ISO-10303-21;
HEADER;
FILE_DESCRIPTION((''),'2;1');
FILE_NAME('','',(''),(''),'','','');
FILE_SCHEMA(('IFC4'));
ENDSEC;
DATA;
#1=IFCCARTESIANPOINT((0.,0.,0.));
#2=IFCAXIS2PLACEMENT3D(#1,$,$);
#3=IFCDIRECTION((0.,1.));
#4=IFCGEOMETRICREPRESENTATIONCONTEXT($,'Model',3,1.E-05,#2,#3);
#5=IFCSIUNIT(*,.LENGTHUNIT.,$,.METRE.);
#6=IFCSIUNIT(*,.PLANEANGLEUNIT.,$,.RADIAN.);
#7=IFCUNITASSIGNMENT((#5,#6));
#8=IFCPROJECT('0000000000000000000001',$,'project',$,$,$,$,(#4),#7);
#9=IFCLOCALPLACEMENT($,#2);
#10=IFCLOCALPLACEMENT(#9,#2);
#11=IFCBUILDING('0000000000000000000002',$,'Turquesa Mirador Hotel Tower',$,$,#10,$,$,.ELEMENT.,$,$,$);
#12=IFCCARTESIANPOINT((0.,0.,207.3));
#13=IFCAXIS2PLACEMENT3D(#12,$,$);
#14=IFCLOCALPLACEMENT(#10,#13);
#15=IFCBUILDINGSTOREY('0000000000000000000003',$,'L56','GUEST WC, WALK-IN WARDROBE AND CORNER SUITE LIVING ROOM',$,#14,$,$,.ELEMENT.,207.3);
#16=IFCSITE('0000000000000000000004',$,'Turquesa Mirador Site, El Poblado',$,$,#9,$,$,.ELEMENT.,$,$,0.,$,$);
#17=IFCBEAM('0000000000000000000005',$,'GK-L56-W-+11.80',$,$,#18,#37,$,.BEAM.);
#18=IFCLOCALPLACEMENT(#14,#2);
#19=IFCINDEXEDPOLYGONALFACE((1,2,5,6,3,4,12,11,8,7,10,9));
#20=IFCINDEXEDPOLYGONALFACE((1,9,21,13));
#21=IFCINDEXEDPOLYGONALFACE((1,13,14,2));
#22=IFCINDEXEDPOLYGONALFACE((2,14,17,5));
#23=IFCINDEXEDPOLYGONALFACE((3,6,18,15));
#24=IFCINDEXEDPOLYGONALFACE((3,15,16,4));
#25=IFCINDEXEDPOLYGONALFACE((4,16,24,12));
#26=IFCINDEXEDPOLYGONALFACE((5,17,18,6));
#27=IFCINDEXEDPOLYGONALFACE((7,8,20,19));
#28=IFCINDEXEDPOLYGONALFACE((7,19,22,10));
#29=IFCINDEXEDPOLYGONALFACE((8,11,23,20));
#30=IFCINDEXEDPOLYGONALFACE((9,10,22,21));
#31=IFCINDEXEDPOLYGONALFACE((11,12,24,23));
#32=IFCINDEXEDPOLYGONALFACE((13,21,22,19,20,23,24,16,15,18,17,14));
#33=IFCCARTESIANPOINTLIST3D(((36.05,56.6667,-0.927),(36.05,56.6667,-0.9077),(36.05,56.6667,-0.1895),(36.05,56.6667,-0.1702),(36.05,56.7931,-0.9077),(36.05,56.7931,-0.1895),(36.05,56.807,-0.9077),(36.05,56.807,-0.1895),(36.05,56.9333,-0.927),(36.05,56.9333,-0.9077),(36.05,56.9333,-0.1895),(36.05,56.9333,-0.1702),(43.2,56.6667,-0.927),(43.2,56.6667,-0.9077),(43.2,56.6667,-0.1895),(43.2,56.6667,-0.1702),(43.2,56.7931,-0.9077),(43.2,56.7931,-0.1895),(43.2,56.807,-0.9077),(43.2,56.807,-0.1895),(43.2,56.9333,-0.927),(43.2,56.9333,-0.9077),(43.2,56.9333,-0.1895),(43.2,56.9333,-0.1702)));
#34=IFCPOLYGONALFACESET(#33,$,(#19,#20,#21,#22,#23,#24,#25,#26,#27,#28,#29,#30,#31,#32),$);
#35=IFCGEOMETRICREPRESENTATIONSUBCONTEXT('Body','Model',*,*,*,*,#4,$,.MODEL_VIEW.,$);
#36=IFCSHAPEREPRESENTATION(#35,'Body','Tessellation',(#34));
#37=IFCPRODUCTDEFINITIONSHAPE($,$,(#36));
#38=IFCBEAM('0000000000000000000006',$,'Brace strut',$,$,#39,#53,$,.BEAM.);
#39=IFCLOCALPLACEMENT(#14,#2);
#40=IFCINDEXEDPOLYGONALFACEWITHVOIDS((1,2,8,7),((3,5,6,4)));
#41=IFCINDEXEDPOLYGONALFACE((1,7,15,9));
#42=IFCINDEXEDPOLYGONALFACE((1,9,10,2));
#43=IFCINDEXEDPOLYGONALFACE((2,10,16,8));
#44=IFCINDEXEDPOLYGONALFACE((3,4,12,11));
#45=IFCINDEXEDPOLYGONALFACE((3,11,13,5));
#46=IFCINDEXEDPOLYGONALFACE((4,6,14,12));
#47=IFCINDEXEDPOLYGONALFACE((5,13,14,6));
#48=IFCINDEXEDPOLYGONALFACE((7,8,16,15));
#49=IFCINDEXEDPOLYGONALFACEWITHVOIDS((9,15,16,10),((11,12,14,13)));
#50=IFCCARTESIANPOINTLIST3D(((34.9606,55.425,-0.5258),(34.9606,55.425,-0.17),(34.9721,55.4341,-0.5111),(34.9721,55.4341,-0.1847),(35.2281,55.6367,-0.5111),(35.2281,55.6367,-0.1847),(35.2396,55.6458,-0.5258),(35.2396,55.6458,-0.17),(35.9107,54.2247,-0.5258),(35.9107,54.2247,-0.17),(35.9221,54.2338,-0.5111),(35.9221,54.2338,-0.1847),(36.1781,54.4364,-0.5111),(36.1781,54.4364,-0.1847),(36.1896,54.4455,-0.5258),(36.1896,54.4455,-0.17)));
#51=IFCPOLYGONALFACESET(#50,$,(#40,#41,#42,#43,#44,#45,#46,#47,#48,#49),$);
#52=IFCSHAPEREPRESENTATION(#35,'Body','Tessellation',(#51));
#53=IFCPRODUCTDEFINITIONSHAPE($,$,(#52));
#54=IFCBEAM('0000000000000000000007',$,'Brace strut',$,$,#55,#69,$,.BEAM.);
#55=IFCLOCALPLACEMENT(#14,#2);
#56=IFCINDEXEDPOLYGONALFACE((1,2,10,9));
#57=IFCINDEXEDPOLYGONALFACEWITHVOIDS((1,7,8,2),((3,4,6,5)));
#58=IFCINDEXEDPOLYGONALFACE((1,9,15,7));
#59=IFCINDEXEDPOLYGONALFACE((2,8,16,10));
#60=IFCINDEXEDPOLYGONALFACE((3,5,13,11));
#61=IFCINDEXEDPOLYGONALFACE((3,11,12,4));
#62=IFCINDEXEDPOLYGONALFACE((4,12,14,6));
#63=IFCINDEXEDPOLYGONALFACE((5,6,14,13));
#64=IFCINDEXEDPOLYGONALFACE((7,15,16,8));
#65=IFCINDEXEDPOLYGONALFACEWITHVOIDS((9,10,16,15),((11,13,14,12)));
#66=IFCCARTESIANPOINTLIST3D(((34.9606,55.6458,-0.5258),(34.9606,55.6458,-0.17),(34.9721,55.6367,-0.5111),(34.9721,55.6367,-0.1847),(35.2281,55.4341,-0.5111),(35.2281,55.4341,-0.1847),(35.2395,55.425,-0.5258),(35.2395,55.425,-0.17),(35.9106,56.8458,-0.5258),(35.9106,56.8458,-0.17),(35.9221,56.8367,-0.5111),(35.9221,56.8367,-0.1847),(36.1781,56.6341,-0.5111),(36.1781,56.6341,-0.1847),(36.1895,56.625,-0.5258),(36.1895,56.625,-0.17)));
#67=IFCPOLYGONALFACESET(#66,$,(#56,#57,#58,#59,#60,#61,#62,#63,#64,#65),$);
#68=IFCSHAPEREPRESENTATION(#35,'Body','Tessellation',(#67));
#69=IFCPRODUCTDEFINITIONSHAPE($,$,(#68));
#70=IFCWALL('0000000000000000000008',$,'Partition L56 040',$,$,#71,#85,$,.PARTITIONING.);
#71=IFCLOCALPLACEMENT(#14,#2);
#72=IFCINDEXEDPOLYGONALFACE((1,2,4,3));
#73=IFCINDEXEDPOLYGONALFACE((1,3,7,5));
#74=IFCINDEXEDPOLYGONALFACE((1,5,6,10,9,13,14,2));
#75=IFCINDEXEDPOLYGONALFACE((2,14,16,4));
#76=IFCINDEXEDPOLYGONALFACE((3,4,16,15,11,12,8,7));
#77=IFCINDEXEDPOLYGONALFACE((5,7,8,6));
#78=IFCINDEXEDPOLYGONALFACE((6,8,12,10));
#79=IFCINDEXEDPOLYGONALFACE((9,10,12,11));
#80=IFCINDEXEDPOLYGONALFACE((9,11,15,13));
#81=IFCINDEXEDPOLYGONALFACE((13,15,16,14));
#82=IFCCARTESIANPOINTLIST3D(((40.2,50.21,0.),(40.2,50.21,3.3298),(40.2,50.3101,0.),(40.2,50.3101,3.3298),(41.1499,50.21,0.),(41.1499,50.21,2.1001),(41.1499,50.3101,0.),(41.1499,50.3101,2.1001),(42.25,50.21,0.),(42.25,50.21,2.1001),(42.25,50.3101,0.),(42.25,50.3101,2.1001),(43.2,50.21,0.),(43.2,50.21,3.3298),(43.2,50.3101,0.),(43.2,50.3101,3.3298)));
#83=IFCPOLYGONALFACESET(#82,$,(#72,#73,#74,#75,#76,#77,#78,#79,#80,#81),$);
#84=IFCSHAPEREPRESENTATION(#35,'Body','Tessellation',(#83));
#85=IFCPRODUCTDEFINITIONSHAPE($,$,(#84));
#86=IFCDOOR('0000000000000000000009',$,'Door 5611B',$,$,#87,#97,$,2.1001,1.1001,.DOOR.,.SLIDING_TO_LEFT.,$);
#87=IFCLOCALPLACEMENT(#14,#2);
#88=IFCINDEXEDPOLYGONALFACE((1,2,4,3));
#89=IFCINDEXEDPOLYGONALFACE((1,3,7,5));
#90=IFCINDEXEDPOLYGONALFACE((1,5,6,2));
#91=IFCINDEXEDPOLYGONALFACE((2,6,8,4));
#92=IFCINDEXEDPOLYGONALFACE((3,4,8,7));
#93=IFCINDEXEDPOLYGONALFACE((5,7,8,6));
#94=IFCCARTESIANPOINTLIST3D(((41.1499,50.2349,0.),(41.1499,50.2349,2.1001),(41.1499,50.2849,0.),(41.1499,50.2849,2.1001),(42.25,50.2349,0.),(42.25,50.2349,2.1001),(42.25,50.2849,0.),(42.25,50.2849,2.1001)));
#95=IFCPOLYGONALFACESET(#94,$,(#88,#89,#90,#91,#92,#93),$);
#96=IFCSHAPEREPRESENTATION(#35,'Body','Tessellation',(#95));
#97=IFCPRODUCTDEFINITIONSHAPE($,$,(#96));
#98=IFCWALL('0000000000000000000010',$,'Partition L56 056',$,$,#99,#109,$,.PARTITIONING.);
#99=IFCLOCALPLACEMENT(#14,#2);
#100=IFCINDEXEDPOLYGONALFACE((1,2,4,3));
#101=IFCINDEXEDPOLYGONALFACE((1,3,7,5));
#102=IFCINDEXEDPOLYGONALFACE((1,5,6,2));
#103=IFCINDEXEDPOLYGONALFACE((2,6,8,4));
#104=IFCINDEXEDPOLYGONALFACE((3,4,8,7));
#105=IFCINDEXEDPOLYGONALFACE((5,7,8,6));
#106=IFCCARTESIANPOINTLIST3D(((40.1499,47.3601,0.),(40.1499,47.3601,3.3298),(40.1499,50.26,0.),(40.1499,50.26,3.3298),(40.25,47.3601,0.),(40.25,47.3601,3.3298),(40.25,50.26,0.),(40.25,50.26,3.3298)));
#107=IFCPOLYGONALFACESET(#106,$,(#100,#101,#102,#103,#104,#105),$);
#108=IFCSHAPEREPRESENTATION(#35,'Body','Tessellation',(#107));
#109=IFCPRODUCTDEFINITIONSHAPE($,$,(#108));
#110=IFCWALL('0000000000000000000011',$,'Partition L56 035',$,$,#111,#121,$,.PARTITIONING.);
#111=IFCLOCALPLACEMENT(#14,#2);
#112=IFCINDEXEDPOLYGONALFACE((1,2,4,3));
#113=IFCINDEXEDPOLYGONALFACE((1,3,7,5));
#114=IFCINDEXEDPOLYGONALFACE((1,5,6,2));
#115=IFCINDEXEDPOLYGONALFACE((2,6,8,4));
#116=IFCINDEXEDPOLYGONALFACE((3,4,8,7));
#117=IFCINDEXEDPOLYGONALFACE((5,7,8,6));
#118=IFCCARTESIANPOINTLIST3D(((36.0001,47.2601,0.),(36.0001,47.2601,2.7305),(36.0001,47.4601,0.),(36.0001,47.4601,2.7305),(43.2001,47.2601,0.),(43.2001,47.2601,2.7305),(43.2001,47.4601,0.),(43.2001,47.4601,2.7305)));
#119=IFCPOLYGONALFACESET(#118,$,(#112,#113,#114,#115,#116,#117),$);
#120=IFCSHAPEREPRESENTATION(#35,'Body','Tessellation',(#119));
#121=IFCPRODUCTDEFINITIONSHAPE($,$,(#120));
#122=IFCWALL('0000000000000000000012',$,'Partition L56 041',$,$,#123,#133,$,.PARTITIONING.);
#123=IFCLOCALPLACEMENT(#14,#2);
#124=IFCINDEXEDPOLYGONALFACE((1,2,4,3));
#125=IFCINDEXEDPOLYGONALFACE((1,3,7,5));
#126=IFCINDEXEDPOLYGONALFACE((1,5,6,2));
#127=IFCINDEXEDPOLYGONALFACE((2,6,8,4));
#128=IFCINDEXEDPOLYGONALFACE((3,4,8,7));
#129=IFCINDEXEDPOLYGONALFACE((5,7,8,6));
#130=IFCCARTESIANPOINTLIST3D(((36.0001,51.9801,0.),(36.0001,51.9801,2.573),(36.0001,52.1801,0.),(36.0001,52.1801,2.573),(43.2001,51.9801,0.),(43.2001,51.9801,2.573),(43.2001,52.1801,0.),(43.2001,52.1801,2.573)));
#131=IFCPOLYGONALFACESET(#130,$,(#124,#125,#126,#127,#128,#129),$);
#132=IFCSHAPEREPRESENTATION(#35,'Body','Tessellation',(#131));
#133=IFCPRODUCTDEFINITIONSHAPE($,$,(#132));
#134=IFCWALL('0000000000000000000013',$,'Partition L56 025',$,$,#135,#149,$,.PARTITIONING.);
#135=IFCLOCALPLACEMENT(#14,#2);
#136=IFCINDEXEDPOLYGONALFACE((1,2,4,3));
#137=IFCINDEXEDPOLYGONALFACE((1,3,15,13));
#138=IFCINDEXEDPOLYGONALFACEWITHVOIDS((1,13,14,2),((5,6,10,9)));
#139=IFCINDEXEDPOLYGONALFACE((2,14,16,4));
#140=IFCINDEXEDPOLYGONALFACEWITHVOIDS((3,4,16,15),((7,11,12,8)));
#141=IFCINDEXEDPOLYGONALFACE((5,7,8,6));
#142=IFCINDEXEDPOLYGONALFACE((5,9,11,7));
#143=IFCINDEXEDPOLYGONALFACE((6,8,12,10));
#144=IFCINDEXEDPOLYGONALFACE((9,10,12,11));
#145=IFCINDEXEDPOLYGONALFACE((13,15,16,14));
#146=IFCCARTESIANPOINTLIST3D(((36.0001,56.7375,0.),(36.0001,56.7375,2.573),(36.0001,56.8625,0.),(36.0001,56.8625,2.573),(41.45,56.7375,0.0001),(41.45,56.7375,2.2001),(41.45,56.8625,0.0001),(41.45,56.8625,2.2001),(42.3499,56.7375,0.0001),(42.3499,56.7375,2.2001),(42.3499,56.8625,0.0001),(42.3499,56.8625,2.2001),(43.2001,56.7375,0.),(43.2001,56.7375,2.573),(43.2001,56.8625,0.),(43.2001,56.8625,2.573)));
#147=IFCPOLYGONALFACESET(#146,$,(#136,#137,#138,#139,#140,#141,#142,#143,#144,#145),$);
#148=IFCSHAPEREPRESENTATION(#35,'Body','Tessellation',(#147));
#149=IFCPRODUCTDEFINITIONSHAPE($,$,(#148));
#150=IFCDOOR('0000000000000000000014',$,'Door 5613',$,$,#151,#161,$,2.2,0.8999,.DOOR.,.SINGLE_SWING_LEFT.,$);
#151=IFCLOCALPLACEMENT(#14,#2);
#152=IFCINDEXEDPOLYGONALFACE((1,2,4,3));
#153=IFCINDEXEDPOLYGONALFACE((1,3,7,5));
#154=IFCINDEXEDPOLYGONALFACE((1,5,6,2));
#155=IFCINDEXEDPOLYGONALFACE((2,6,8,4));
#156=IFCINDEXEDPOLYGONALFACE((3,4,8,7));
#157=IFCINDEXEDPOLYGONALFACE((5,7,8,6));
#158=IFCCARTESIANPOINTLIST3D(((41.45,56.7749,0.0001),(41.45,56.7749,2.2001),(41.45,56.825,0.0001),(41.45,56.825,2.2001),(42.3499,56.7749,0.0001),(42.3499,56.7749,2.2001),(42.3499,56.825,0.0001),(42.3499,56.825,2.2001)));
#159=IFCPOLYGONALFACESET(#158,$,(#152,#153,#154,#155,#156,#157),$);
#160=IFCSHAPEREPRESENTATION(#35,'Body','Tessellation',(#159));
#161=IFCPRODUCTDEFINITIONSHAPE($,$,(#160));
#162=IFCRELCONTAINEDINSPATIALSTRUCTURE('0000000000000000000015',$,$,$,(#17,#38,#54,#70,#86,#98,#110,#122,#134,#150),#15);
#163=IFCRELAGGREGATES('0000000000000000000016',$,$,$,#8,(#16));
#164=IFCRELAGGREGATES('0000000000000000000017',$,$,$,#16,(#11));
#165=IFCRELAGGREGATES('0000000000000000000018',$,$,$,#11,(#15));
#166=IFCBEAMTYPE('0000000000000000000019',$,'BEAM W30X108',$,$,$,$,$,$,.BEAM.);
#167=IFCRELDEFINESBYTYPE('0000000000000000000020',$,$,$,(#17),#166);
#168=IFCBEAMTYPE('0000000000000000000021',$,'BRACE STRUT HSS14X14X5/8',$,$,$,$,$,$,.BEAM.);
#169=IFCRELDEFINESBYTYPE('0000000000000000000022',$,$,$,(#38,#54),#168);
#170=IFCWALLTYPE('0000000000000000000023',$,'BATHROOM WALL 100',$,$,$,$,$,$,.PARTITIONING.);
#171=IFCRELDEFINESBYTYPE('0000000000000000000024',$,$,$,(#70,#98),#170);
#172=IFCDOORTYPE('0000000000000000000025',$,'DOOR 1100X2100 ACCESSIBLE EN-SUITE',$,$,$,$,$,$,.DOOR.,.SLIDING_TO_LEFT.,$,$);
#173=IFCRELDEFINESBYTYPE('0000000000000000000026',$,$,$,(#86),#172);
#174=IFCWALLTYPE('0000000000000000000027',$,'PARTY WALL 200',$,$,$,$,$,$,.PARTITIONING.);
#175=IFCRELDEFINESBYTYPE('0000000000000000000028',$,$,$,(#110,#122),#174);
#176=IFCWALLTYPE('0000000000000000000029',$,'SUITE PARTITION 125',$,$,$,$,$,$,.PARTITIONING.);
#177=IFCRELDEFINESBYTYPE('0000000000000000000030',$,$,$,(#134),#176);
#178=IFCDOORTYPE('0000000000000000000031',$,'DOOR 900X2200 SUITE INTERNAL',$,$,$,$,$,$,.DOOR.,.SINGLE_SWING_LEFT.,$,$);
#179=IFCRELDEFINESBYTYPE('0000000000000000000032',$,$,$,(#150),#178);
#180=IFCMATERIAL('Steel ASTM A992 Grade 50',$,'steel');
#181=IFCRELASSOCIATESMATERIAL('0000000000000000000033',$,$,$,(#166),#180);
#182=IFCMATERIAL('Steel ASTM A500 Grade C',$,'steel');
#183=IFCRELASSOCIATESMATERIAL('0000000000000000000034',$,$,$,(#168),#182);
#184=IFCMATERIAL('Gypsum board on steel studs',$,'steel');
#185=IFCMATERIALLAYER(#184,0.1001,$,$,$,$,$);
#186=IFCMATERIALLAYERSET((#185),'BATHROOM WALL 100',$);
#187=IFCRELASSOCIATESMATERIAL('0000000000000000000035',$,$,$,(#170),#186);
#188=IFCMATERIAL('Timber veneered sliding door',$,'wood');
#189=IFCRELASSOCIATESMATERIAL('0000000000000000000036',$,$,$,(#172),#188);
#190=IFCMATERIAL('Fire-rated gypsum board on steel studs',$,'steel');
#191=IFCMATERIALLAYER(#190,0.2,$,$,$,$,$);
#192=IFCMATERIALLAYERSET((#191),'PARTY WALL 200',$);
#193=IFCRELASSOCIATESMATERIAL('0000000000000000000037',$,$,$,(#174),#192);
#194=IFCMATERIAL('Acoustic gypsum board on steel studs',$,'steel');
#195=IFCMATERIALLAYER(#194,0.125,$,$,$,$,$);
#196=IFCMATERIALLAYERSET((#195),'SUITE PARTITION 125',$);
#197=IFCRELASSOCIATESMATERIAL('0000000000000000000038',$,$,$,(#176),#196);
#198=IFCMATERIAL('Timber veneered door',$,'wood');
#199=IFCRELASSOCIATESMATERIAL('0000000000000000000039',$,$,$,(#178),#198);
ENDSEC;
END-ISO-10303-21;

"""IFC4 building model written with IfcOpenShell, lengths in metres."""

from ifc_helpers import new_model, si_unit, direction, frame, frame_2d, origin, origin_2d, place, context, subcontext, project, spatial, rectangle, hollow_rectangle, i_section, extrude, material, layer, layer_set, material_profile, profile_set, type_object, element, fill, save


model = new_model("IFC4")

# Units and contexts
model_context = context("Model", 3, precision=1e-05, world=origin(), true_north=direction((0.0, 1.0)))
body_context = subcontext(model_context, "Body", "Model", "MODEL_VIEW")
ifc_project = project(units=[si_unit("LENGTHUNIT", "METRE"), si_unit("PLANEANGLEUNIT", "RADIAN")], contexts=[model_context])

# Site, building, storey
site_placement = place(None, origin())
site = spatial("IfcSite", under=ifc_project, at=site_placement, Name="Turquesa Mirador Site, El Poblado", CompositionType="ELEMENT", RefElevation=0.0)
building_placement = place(site_placement, origin())
building = spatial("IfcBuilding", under=site, at=building_placement, Name="Turquesa Mirador Hotel Tower", CompositionType="ELEMENT")
storey_placement = place(building_placement, frame((0.0, 0.0, 207.3)))
storey = spatial("IfcBuildingStorey", under=building, at=storey_placement, Name="L56", Description="GUEST WC, WALK-IN WARDROBE AND CORNER SUITE LIVING ROOM", CompositionType="ELEMENT", Elevation=207.3)

# Beams
ifc_material_1 = material(Name="Steel ASTM A992 Grade 50", Category="steel")
ifc_material_profile_1 = material_profile(ifc_material_1, i_section(OverallWidth=0.2666, OverallDepth=0.7568, WebThickness=0.0139, FlangeThickness=0.0193, at=origin_2d()), Name="W30X108")
ifc_profile_set_1 = profile_set([ifc_material_profile_1], Name="Steel ASTM A992 Grade 50")
beam_type_1 = type_object("IfcBeamType", Name="BEAM W30X108", PredefinedType="BEAM", material=ifc_profile_set_1)
beam_1_placement = place(storey_placement, frame((36.05, 56.8, -0.5486), z_axis=(1.0, 0.0, 0.0), x_axis=(0.0, 1.0, 0.0)))
element("IfcBeam", 1, at=beam_1_placement, inside=storey, type_object=beam_type_1, Name="GK-L56-W-+11.80", PredefinedType="BEAM", context=body_context, shape_type="SweptSolid", body=[
    extrude(i_section(OverallWidth=0.2666, OverallDepth=0.7568, WebThickness=0.0139, FlangeThickness=0.0193, at=origin_2d()), origin(), (0.0, 0.0, 1.0), 7.1499),
])
ifc_material_2 = material(Name="Steel ASTM A500 Grade C", Category="steel")
ifc_material_profile_2 = material_profile(ifc_material_2, hollow_rectangle(XDim=0.3557, YDim=0.3557, WallThickness=0.0146, at=origin_2d()), Name="HSS14X14X5/8")
ifc_profile_set_2 = profile_set([ifc_material_profile_2], Name="Steel ASTM A500 Grade C")
beam_type_2 = type_object("IfcBeamType", Name="BRACE STRUT HSS14X14X5/8", PredefinedType="BEAM", material=ifc_profile_set_2)
beam_2_placement = place(storey_placement, frame((35.1001, 55.5354, -0.3479), z_axis=(0.620621, -0.784111, 0.0), x_axis=(0.784111, 0.620621, 0.0)))
element("IfcBeam", 2, at=beam_2_placement, inside=storey, type_object=beam_type_2, Name="Brace strut", PredefinedType="BEAM", context=body_context, shape_type="SweptSolid", body=[
    extrude(hollow_rectangle(XDim=0.3557, YDim=0.3557, WallThickness=0.0146, at=origin_2d()), origin(), (0.0, 0.0, 1.0), 1.5308),
])
beam_3_placement = place(storey_placement, frame((35.1001, 55.5354, -0.3479), z_axis=(0.620699, 0.784049, 0.0), x_axis=(-0.784049, 0.620699, 0.0)))
element("IfcBeam", 3, at=beam_3_placement, inside=storey, type_object=beam_type_2, Name="Brace strut", PredefinedType="BEAM", context=body_context, shape_type="SweptSolid", body=[
    extrude(hollow_rectangle(XDim=0.3557, YDim=0.3557, WallThickness=0.0146, at=origin_2d()), origin(), (0.0, 0.0, 1.0), 1.5305),
])

# Wall, opening, door
ifc_material_3 = material(Name="Gypsum board on steel studs", Category="steel")
ifc_layer_1 = layer(ifc_material_3, 0.1001)
ifc_layer_set_1 = layer_set([ifc_layer_1], Name="BATHROOM WALL 100")
wall_type_1 = type_object("IfcWallType", Name="BATHROOM WALL 100", PredefinedType="PARTITIONING", material=ifc_layer_set_1)
wall_1_placement = place(storey_placement, frame((40.2, 50.26, 0.0), z_axis=(0.0, 0.0, 1.0), x_axis=(1.0, 0.0, 0.0)))
wall_1 = element("IfcWall", 4, at=wall_1_placement, inside=storey, type_object=wall_type_1, Name="Partition L56 040", PredefinedType="PARTITIONING", context=body_context, shape_type="SweptSolid", body=[
    extrude(rectangle(XDim=3.0, YDim=0.1001, at=frame_2d((1.5, 0.0))), origin(), (0.0, 0.0, 1.0), 3.3298),
])
opening_1_placement = place(wall_1_placement, frame((0.95, 0.0, 0.0)))
opening_1 = element("IfcOpeningElement", 5, at=opening_1_placement, cuts=wall_1, PredefinedType="OPENING", context=body_context, shape_type="SweptSolid", body=[
    extrude(rectangle(XDim=1.1001, YDim=2.1001, at=frame_2d((0.55, 1.05))), frame((0.0, 0.0601, 0.0), z_axis=(0.0, -1.0, 0.0), x_axis=(1.0, 0.0, 0.0)), (0.0, 0.0, 1.0), 0.1201),
])
ifc_material_4 = material(Name="Timber veneered sliding door", Category="wood")
door_type_1 = type_object("IfcDoorType", Name="DOOR 1100X2100 ACCESSIBLE EN-SUITE", OperationType="SLIDING_TO_LEFT", PredefinedType="DOOR", material=ifc_material_4)
door_1_placement = place(opening_1_placement, origin())
door_1 = element("IfcDoor", 6, at=door_1_placement, inside=storey, type_object=door_type_1, Name="Door 5611B", OperationType="SLIDING_TO_LEFT", OverallHeight=2.1001, OverallWidth=1.1001, PredefinedType="DOOR", context=body_context, shape_type="SweptSolid", body=[
    extrude(rectangle(XDim=1.1001, YDim=2.1001, at=frame_2d((0.55, 1.05))), frame((0.0, 0.0249, 0.0), z_axis=(0.0, -1.0, 0.0), x_axis=(1.0, 0.0, 0.0)), (0.0, 0.0, 1.0), 0.05),
])
fill(opening_1, door_1)

# Walls
wall_2_placement = place(storey_placement, frame((40.2, 47.3601, 0.0), z_axis=(0.0, 0.0, 1.0), x_axis=(0.0, 1.0, 0.0)))
element("IfcWall", 7, at=wall_2_placement, inside=storey, type_object=wall_type_1, Name="Partition L56 056", PredefinedType="PARTITIONING", context=body_context, shape_type="SweptSolid", body=[
    extrude(rectangle(XDim=2.8999, YDim=0.1001, at=frame_2d((1.45, 0.0))), origin(), (0.0, 0.0, 1.0), 3.3298),
])
ifc_material_5 = material(Name="Fire-rated gypsum board on steel studs", Category="steel")
ifc_layer_2 = layer(ifc_material_5, 0.2)
ifc_layer_set_2 = layer_set([ifc_layer_2], Name="PARTY WALL 200")
wall_type_2 = type_object("IfcWallType", Name="PARTY WALL 200", PredefinedType="PARTITIONING", material=ifc_layer_set_2)
wall_3_placement = place(storey_placement, frame((36.0, 47.3601, 0.0), z_axis=(0.0, 0.0, 1.0), x_axis=(1.0, 0.0, 0.0)))
element("IfcWall", 8, at=wall_3_placement, inside=storey, type_object=wall_type_2, Name="Partition L56 035", PredefinedType="PARTITIONING", context=body_context, shape_type="SweptSolid", body=[
    extrude(rectangle(XDim=7.2, YDim=0.2, at=frame_2d((3.6001, 0.0))), origin(), (0.0, 0.0, 1.0), 2.7305),
])
wall_4_placement = place(storey_placement, frame((36.0, 52.0801, 0.0), z_axis=(0.0, 0.0, 1.0), x_axis=(1.0, 0.0, 0.0)))
element("IfcWall", 9, at=wall_4_placement, inside=storey, type_object=wall_type_2, Name="Partition L56 041", PredefinedType="PARTITIONING", context=body_context, shape_type="SweptSolid", body=[
    extrude(rectangle(XDim=7.2, YDim=0.2, at=frame_2d((3.6001, 0.0))), origin(), (0.0, 0.0, 1.0), 2.573),
])

# Wall, opening, door
ifc_material_6 = material(Name="Acoustic gypsum board on steel studs", Category="steel")
ifc_layer_3 = layer(ifc_material_6, 0.125)
ifc_layer_set_3 = layer_set([ifc_layer_3], Name="SUITE PARTITION 125")
wall_type_3 = type_object("IfcWallType", Name="SUITE PARTITION 125", PredefinedType="PARTITIONING", material=ifc_layer_set_3)
wall_5_placement = place(storey_placement, frame((36.0, 56.8, 0.0), z_axis=(0.0, 0.0, 1.0), x_axis=(1.0, 0.0, 0.0)))
wall_5 = element("IfcWall", 10, at=wall_5_placement, inside=storey, type_object=wall_type_3, Name="Partition L56 025", PredefinedType="PARTITIONING", context=body_context, shape_type="SweptSolid", body=[
    extrude(rectangle(XDim=7.2, YDim=0.125, at=frame_2d((3.6001, 0.0))), origin(), (0.0, 0.0, 1.0), 2.573),
])
opening_2_placement = place(wall_5_placement, frame((5.45, 0.0, 0.0)))
opening_2 = element("IfcOpeningElement", 11, at=opening_2_placement, cuts=wall_5, PredefinedType="OPENING", context=body_context, shape_type="SweptSolid", body=[
    extrude(rectangle(XDim=0.8999, YDim=2.2, at=frame_2d((0.45, 1.1001))), frame((0.0, 0.0725, 0.0), z_axis=(0.0, -1.0, 0.0), x_axis=(1.0, 0.0, 0.0)), (0.0, 0.0, 1.0), 0.145),
])
ifc_material_7 = material(Name="Timber veneered door", Category="wood")
door_type_2 = type_object("IfcDoorType", Name="DOOR 900X2200 SUITE INTERNAL", OperationType="SINGLE_SWING_LEFT", PredefinedType="DOOR", material=ifc_material_7)
door_2_placement = place(opening_2_placement, origin())
door_2 = element("IfcDoor", 12, at=door_2_placement, inside=storey, type_object=door_type_2, Name="Door 5613", OperationType="SINGLE_SWING_LEFT", OverallHeight=2.2, OverallWidth=0.8999, PredefinedType="DOOR", context=body_context, shape_type="SweptSolid", body=[
    extrude(rectangle(XDim=0.8999, YDim=2.2, at=frame_2d((0.45, 1.1001))), frame((0.0, 0.0249, 0.0), z_axis=(0.0, -1.0, 0.0), x_axis=(1.0, 0.0, 0.0)), (0.0, 0.0, 1.0), 0.05),
])
fill(opening_2, door_2)

save(model, "model.ifc")
